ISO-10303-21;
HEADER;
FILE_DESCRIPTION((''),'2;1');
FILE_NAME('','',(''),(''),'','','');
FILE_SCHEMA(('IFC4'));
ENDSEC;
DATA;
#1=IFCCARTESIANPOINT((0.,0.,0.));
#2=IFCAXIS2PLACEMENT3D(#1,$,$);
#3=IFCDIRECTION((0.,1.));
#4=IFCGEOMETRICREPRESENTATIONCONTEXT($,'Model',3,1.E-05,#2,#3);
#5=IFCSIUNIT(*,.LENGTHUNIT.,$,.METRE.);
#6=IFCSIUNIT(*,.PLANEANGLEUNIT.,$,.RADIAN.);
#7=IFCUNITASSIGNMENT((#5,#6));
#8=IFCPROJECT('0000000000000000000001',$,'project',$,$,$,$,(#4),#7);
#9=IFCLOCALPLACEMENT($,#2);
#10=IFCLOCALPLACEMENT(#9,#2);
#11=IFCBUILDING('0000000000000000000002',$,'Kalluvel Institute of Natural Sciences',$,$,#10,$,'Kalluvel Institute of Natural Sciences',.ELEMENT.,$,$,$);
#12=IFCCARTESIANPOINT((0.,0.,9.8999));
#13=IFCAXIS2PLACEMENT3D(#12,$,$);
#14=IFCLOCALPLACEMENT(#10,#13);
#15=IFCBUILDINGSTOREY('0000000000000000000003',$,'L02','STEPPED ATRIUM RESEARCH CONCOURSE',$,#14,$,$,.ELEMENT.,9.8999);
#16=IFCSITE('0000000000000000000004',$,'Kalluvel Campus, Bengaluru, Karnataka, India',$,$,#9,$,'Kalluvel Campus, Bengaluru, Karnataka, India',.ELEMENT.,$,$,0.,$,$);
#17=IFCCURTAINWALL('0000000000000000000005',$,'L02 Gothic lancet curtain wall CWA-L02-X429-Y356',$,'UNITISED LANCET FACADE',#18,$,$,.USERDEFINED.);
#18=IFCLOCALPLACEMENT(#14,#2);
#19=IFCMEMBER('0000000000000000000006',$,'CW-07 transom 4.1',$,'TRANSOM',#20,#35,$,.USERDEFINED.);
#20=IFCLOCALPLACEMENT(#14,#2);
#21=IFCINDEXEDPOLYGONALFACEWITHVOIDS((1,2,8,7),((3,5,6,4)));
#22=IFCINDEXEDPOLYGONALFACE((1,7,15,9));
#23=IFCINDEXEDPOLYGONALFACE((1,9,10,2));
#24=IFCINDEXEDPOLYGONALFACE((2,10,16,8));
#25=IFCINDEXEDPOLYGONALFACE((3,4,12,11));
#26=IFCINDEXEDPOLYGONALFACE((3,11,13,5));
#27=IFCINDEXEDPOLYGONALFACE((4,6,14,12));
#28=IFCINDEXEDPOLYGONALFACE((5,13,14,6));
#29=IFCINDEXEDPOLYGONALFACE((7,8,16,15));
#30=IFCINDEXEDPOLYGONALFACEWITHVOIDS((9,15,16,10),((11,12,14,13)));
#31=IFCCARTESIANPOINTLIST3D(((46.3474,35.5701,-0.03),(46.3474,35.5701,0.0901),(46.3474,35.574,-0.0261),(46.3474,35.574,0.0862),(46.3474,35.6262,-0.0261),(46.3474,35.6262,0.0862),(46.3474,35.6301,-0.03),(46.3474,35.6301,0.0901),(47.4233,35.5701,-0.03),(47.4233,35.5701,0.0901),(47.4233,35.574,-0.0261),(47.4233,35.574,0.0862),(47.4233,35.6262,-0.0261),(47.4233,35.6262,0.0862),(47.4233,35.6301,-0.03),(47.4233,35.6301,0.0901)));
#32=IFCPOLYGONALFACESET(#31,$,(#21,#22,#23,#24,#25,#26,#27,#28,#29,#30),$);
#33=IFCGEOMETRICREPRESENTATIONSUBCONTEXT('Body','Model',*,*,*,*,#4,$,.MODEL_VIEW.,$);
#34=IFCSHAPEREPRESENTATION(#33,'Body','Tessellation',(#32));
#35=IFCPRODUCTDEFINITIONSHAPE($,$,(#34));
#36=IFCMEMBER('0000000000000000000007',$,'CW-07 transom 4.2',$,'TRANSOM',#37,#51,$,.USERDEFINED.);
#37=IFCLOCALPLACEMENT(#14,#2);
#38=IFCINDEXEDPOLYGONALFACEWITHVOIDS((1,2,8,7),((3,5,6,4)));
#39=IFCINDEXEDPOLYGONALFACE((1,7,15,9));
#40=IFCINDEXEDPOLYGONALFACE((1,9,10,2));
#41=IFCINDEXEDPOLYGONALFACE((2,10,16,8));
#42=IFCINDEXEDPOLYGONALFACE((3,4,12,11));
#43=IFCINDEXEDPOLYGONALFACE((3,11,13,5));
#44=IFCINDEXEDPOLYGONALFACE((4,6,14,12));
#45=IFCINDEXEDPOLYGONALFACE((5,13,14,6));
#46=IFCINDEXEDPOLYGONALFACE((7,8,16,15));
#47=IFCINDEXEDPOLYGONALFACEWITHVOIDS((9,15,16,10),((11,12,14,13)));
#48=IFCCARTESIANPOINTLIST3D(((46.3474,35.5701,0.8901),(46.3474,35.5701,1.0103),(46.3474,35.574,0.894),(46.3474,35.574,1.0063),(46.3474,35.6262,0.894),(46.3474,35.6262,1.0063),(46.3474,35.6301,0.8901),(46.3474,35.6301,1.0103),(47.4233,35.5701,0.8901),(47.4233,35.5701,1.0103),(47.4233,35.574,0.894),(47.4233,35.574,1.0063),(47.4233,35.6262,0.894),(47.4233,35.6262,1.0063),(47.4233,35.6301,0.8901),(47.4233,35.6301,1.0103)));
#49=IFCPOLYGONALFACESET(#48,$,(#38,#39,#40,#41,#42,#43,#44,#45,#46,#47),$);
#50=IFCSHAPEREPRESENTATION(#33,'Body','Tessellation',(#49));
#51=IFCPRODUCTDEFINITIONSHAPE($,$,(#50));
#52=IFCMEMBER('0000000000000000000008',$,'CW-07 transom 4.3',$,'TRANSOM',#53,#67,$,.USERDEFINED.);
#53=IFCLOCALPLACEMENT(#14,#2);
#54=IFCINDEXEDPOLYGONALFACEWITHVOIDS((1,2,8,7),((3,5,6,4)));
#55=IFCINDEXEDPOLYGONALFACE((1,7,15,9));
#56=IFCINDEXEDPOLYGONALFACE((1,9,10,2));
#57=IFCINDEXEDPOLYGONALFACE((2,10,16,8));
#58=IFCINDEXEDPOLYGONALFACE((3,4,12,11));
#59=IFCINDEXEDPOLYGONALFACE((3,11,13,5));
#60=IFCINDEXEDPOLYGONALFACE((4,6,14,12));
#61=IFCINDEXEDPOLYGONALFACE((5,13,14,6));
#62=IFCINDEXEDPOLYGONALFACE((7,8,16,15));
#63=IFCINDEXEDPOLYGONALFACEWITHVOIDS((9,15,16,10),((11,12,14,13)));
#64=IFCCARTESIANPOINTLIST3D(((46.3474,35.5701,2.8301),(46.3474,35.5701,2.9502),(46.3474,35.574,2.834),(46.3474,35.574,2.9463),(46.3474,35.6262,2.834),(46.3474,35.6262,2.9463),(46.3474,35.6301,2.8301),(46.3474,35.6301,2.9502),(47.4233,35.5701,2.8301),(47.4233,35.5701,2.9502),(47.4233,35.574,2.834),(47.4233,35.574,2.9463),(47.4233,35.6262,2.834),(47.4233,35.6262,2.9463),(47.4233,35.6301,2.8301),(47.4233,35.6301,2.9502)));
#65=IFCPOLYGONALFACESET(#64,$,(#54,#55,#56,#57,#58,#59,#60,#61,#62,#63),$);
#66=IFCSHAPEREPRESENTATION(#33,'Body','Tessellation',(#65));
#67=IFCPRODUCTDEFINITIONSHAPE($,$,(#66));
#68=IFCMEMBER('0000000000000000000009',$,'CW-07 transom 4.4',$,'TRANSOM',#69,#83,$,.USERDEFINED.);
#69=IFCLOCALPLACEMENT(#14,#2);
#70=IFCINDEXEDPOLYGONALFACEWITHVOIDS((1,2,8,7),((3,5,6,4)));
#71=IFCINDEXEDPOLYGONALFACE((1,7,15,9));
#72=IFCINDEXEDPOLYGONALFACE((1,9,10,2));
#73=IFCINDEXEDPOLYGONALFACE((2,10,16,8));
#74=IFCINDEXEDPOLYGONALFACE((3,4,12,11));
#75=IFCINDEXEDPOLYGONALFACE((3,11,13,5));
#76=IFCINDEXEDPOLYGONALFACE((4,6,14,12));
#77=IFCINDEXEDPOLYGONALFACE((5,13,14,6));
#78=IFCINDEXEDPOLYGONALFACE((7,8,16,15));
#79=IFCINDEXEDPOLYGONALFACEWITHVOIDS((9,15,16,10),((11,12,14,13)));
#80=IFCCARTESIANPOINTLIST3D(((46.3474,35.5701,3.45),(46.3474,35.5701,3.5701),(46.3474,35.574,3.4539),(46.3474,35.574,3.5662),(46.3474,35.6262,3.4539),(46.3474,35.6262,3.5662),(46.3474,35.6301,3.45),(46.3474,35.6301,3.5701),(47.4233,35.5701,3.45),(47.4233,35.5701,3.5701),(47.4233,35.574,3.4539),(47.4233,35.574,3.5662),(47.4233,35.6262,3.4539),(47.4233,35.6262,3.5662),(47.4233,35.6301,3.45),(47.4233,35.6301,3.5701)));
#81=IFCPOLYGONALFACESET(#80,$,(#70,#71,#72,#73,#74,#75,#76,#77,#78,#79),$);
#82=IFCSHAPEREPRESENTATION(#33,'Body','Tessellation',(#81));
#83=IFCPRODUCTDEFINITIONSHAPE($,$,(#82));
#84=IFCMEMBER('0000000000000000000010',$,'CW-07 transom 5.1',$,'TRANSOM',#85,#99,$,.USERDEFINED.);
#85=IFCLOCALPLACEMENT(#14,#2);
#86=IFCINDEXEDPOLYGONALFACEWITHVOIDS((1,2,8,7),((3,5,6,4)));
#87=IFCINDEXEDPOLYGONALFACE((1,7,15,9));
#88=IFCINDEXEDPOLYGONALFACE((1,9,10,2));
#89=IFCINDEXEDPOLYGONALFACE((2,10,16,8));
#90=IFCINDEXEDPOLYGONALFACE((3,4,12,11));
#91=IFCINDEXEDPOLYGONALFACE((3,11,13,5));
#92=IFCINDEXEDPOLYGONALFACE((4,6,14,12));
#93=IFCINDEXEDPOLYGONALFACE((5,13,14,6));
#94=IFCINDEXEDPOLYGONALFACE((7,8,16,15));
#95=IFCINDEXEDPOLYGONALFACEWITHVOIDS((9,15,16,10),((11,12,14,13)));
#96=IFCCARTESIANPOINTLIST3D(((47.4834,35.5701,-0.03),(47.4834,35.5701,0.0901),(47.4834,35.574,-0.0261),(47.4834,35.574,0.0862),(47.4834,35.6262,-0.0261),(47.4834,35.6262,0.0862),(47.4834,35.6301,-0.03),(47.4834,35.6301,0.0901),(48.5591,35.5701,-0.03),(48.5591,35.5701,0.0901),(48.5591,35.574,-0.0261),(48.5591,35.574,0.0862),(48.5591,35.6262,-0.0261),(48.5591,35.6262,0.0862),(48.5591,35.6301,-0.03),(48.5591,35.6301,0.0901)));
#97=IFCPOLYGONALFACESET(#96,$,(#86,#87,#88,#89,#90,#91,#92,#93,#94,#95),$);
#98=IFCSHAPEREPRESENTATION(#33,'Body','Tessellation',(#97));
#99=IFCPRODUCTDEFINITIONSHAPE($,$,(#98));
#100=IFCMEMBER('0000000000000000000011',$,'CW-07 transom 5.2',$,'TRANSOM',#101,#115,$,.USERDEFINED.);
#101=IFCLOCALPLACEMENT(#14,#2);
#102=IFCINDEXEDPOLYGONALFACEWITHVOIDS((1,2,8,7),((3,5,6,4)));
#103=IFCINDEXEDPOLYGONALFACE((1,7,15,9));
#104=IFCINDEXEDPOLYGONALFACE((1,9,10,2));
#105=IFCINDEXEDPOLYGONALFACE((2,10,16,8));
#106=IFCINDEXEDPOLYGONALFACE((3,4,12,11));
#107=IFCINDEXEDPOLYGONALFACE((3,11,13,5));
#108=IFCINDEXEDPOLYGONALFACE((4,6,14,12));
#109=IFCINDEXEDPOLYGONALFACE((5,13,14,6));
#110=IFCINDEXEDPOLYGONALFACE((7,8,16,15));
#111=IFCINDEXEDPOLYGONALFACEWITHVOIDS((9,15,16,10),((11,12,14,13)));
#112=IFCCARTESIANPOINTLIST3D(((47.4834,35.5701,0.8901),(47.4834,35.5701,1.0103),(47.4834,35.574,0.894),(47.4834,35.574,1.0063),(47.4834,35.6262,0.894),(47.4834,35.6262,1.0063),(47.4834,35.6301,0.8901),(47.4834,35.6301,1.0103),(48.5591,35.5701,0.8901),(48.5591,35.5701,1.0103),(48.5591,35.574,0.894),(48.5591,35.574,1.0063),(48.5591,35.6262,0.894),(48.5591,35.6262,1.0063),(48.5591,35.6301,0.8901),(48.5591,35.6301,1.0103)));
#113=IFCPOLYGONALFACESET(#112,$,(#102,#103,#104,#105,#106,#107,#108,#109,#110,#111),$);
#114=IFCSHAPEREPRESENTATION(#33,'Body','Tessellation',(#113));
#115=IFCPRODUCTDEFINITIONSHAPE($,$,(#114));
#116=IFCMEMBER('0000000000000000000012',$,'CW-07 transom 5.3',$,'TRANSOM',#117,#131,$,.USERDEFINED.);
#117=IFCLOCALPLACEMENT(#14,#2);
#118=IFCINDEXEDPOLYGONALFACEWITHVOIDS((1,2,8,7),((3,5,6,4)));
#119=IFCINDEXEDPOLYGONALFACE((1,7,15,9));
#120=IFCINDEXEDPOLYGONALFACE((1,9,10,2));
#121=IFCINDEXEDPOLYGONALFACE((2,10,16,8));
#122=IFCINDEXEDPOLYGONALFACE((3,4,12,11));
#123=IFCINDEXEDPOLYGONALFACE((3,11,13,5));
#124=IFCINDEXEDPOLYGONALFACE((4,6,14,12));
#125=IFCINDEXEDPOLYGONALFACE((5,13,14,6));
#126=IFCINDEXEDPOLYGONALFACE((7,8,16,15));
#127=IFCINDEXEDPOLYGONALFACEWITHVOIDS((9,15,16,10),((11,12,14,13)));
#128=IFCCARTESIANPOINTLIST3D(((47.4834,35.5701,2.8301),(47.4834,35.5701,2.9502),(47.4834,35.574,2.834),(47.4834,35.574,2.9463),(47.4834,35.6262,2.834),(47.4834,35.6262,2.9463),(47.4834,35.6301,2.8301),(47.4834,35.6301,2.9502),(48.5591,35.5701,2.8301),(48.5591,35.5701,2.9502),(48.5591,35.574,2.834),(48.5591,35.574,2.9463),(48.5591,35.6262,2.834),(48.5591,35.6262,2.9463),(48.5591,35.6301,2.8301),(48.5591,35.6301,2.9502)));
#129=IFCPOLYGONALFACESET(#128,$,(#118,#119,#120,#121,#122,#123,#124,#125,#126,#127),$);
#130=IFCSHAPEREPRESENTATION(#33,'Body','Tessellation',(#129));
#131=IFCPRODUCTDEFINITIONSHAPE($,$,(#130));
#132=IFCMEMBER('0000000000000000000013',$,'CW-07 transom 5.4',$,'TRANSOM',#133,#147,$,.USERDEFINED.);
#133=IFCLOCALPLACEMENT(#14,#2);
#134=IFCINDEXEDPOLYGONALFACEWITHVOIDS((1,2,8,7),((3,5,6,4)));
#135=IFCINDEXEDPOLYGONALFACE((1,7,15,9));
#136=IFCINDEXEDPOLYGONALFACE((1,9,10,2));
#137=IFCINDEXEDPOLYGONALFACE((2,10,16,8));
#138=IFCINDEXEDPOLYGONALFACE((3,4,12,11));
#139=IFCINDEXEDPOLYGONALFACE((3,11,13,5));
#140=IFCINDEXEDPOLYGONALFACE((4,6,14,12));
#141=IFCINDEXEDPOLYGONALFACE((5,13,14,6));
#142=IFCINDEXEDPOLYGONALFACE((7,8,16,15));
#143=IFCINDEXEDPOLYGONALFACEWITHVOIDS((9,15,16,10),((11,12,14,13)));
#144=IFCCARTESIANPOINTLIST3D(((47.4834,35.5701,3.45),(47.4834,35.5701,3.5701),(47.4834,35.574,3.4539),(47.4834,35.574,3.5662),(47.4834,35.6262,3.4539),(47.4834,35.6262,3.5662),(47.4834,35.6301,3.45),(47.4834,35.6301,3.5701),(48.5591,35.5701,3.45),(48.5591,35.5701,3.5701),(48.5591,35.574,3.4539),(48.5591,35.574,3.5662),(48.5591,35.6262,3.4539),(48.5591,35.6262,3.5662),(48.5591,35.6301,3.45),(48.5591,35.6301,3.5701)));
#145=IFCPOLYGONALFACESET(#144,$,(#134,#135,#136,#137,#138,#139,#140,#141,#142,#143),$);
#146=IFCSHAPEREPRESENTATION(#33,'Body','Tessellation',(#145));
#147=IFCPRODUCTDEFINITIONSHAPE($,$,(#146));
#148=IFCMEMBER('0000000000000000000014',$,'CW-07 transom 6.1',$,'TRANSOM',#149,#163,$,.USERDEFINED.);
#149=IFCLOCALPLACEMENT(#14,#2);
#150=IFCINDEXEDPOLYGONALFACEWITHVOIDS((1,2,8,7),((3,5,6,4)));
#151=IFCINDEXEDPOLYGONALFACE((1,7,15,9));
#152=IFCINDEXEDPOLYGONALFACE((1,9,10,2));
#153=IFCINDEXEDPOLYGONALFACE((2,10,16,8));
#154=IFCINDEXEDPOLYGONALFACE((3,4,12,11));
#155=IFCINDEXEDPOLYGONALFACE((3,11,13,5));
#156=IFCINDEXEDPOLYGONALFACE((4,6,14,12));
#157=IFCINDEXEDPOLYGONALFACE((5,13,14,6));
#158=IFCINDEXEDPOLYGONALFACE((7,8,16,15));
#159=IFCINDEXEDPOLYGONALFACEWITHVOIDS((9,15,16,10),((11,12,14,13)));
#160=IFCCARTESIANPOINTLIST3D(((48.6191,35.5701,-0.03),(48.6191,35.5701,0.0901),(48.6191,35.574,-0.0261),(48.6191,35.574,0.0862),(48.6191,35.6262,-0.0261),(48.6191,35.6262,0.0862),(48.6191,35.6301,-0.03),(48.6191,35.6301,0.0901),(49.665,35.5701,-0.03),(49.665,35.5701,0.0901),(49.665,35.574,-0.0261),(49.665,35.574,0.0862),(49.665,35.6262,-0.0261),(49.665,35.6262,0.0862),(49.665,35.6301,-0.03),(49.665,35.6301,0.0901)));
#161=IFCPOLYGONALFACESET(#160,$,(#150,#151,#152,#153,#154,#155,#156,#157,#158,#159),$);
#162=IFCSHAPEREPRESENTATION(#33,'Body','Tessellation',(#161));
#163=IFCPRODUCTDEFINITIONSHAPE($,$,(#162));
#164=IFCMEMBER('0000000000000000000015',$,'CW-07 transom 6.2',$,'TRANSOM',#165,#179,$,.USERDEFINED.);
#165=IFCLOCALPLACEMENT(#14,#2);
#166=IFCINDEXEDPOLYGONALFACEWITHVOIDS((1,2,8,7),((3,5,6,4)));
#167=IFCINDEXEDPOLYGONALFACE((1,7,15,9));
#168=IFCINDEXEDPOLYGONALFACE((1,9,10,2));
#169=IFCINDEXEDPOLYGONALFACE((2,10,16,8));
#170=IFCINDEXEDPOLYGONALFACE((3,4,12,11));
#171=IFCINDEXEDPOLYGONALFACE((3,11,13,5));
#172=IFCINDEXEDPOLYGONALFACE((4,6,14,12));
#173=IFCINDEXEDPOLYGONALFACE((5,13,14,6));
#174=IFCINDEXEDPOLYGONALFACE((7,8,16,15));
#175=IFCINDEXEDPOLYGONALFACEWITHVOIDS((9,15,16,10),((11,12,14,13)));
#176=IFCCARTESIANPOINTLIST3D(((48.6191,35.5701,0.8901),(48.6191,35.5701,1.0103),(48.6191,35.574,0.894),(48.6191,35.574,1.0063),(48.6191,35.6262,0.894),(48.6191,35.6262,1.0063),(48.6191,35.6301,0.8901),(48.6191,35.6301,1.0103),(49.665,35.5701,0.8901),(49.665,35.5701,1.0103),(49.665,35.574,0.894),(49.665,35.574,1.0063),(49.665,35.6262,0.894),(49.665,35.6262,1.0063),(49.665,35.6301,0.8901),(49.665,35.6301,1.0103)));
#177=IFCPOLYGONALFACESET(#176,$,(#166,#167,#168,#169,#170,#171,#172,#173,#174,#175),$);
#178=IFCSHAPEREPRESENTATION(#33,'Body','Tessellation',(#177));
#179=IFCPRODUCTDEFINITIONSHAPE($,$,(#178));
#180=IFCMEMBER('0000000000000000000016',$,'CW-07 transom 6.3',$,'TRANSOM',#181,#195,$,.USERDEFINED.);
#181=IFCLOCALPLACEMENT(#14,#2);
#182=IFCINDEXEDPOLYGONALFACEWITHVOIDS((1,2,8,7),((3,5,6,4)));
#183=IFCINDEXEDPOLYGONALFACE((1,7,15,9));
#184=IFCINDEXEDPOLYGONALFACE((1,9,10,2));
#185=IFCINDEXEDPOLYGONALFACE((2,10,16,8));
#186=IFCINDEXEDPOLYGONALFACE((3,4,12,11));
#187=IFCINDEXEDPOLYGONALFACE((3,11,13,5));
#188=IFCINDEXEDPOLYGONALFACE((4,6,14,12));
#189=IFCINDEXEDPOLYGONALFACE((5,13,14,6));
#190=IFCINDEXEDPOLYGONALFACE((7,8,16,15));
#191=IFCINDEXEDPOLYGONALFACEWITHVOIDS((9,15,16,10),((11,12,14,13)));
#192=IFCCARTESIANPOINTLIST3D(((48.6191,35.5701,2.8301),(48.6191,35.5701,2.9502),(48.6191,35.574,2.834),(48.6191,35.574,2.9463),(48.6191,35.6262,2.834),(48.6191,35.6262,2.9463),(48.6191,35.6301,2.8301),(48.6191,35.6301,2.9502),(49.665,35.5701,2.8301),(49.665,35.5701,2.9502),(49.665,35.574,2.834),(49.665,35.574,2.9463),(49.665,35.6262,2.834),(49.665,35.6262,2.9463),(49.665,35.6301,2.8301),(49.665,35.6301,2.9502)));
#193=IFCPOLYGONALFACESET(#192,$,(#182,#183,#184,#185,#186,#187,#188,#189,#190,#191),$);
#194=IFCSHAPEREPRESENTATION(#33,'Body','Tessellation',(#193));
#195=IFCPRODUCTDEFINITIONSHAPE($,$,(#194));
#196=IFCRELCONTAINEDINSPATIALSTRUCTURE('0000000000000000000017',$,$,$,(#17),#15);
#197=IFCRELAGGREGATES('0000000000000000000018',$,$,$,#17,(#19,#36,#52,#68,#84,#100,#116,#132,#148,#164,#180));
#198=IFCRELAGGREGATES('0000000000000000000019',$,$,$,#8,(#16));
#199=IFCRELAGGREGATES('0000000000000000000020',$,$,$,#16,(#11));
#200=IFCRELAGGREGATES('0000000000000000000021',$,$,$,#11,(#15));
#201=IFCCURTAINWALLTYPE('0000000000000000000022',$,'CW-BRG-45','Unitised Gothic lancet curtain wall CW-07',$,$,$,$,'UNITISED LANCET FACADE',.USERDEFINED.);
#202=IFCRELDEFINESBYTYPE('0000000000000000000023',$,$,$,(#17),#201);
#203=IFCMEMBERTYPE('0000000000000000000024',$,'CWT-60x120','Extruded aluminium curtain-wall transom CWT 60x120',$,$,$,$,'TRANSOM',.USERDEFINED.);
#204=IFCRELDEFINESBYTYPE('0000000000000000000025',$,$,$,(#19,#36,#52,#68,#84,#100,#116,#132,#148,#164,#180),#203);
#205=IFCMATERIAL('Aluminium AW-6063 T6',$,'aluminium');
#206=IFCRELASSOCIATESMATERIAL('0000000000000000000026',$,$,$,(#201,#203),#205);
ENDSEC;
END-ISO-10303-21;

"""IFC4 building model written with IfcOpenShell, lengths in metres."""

from ifc_helpers import new_model, si_unit, direction, frame, origin, origin_2d, place, context, subcontext, project, spatial, hollow_rectangle, extrude, material, material_profile, profile_set, type_object, element, aggregate, save


model = new_model("IFC4")

# Units and contexts
model_context = context("Model", 3, precision=1e-05, world=origin(), true_north=direction((0.0, 1.0)))
body_context = subcontext(model_context, "Body", "Model", "MODEL_VIEW")
ifc_project = project(units=[si_unit("LENGTHUNIT", "METRE"), si_unit("PLANEANGLEUNIT", "RADIAN")], contexts=[model_context])

# Site, building, storey
site_placement = place(None, origin())
site = spatial("IfcSite", under=ifc_project, at=site_placement, Name="Kalluvel Campus, Bengaluru, Karnataka, India", LongName="Kalluvel Campus, Bengaluru, Karnataka, India", CompositionType="ELEMENT", RefElevation=0.0)
building_placement = place(site_placement, origin())
building = spatial("IfcBuilding", under=site, at=building_placement, Name="Kalluvel Institute of Natural Sciences", LongName="Kalluvel Institute of Natural Sciences", CompositionType="ELEMENT")
storey_placement = place(building_placement, frame((0.0, 0.0, 9.8999)))
storey = spatial("IfcBuildingStorey", under=building, at=storey_placement, Name="L02", Description="STEPPED ATRIUM RESEARCH CONCOURSE", CompositionType="ELEMENT", Elevation=9.8999)

# Curtain wall
ifc_material_1 = material(Name="Aluminium AW-6063 T6", Category="aluminium")
curtain_wall_type = type_object("IfcCurtainWallType", Name="CW-BRG-45", Description="Unitised Gothic lancet curtain wall CW-07", ElementType="UNITISED LANCET FACADE", PredefinedType="USERDEFINED", material=ifc_material_1)
curtain_wall_1_placement = place(storey_placement, origin())
curtain_wall_1 = element("IfcCurtainWall", 1, at=curtain_wall_1_placement, inside=storey, type_object=curtain_wall_type, Name="L02 Gothic lancet curtain wall CWA-L02-X429-Y356", ObjectType="UNITISED LANCET FACADE", PredefinedType="USERDEFINED")

# Members
ifc_material_profile_1 = material_profile(ifc_material_1, hollow_rectangle(XDim=0.0601, YDim=0.1201, WallThickness=0.0039, at=origin_2d()), Name="CWT 60x120")
ifc_profile_set_1 = profile_set([ifc_material_profile_1], Name="Aluminium AW-6063 T6")
member_type_1 = type_object("IfcMemberType", Name="CWT-60x120", Description="Extruded aluminium curtain-wall transom CWT 60x120", ElementType="TRANSOM", PredefinedType="USERDEFINED", material=ifc_profile_set_1)
member_1_placement = place(storey_placement, frame((46.3474, 35.6001, 0.03), z_axis=(1.0, 0.0, 0.0), x_axis=(0.0, 1.0, 0.0)))
member_1 = element("IfcMember", 2, at=member_1_placement, type_object=member_type_1, Name="CW-07 transom 4.1", ObjectType="TRANSOM", PredefinedType="USERDEFINED", context=body_context, shape_type="SweptSolid", body=[
    extrude(hollow_rectangle(XDim=0.0601, YDim=0.1201, WallThickness=0.0039, at=origin_2d()), origin(), (0.0, 0.0, 1.0), 1.0759),
])
member_2_placement = place(storey_placement, frame((46.3474, 35.6001, 0.9502), z_axis=(1.0, 0.0, 0.0), x_axis=(0.0, 1.0, 0.0)))
member_2 = element("IfcMember", 3, at=member_2_placement, type_object=member_type_1, Name="CW-07 transom 4.2", ObjectType="TRANSOM", PredefinedType="USERDEFINED", context=body_context, shape_type="SweptSolid", body=[
    extrude(hollow_rectangle(XDim=0.0601, YDim=0.1201, WallThickness=0.0039, at=origin_2d()), origin(), (0.0, 0.0, 1.0), 1.0759),
])
member_3_placement = place(storey_placement, frame((46.3474, 35.6001, 2.8901), z_axis=(1.0, 0.0, 0.0), x_axis=(0.0, 1.0, 0.0)))
member_3 = element("IfcMember", 4, at=member_3_placement, type_object=member_type_1, Name="CW-07 transom 4.3", ObjectType="TRANSOM", PredefinedType="USERDEFINED", context=body_context, shape_type="SweptSolid", body=[
    extrude(hollow_rectangle(XDim=0.0601, YDim=0.1201, WallThickness=0.0039, at=origin_2d()), origin(), (0.0, 0.0, 1.0), 1.0759),
])
member_4_placement = place(storey_placement, frame((46.3474, 35.6001, 3.51), z_axis=(1.0, 0.0, 0.0), x_axis=(0.0, 1.0, 0.0)))
member_4 = element("IfcMember", 5, at=member_4_placement, type_object=member_type_1, Name="CW-07 transom 4.4", ObjectType="TRANSOM", PredefinedType="USERDEFINED", context=body_context, shape_type="SweptSolid", body=[
    extrude(hollow_rectangle(XDim=0.0601, YDim=0.1201, WallThickness=0.0039, at=origin_2d()), origin(), (0.0, 0.0, 1.0), 1.0759),
])
member_5_placement = place(storey_placement, frame((47.4834, 35.6001, 0.03), z_axis=(1.0, 0.0, 0.0), x_axis=(0.0, 1.0, 0.0)))
member_5 = element("IfcMember", 6, at=member_5_placement, type_object=member_type_1, Name="CW-07 transom 5.1", ObjectType="TRANSOM", PredefinedType="USERDEFINED", context=body_context, shape_type="SweptSolid", body=[
    extrude(hollow_rectangle(XDim=0.0601, YDim=0.1201, WallThickness=0.0039, at=origin_2d()), origin(), (0.0, 0.0, 1.0), 1.0757),
])
member_6_placement = place(storey_placement, frame((47.4834, 35.6001, 0.9502), z_axis=(1.0, 0.0, 0.0), x_axis=(0.0, 1.0, 0.0)))
member_6 = element("IfcMember", 7, at=member_6_placement, type_object=member_type_1, Name="CW-07 transom 5.2", ObjectType="TRANSOM", PredefinedType="USERDEFINED", context=body_context, shape_type="SweptSolid", body=[
    extrude(hollow_rectangle(XDim=0.0601, YDim=0.1201, WallThickness=0.0039, at=origin_2d()), origin(), (0.0, 0.0, 1.0), 1.0757),
])
member_7_placement = place(storey_placement, frame((47.4834, 35.6001, 2.8901), z_axis=(1.0, 0.0, 0.0), x_axis=(0.0, 1.0, 0.0)))
member_7 = element("IfcMember", 8, at=member_7_placement, type_object=member_type_1, Name="CW-07 transom 5.3", ObjectType="TRANSOM", PredefinedType="USERDEFINED", context=body_context, shape_type="SweptSolid", body=[
    extrude(hollow_rectangle(XDim=0.0601, YDim=0.1201, WallThickness=0.0039, at=origin_2d()), origin(), (0.0, 0.0, 1.0), 1.0757),
])
member_8_placement = place(storey_placement, frame((47.4834, 35.6001, 3.51), z_axis=(1.0, 0.0, 0.0), x_axis=(0.0, 1.0, 0.0)))
member_8 = element("IfcMember", 9, at=member_8_placement, type_object=member_type_1, Name="CW-07 transom 5.4", ObjectType="TRANSOM", PredefinedType="USERDEFINED", context=body_context, shape_type="SweptSolid", body=[
    extrude(hollow_rectangle(XDim=0.0601, YDim=0.1201, WallThickness=0.0039, at=origin_2d()), origin(), (0.0, 0.0, 1.0), 1.0757),
])
member_9_placement = place(storey_placement, frame((48.6191, 35.6001, 0.03), z_axis=(1.0, 0.0, 0.0), x_axis=(0.0, 1.0, 0.0)))
member_9 = element("IfcMember", 10, at=member_9_placement, type_object=member_type_1, Name="CW-07 transom 6.1", ObjectType="TRANSOM", PredefinedType="USERDEFINED", context=body_context, shape_type="SweptSolid", body=[
    extrude(hollow_rectangle(XDim=0.0601, YDim=0.1201, WallThickness=0.0039, at=origin_2d()), origin(), (0.0, 0.0, 1.0), 1.0459),
])
member_10_placement = place(storey_placement, frame((48.6191, 35.6001, 0.9502), z_axis=(1.0, 0.0, 0.0), x_axis=(0.0, 1.0, 0.0)))
member_10 = element("IfcMember", 11, at=member_10_placement, type_object=member_type_1, Name="CW-07 transom 6.2", ObjectType="TRANSOM", PredefinedType="USERDEFINED", context=body_context, shape_type="SweptSolid", body=[
    extrude(hollow_rectangle(XDim=0.0601, YDim=0.1201, WallThickness=0.0039, at=origin_2d()), origin(), (0.0, 0.0, 1.0), 1.0459),
])
member_11_placement = place(storey_placement, frame((48.6191, 35.6001, 2.8901), z_axis=(1.0, 0.0, 0.0), x_axis=(0.0, 1.0, 0.0)))
member_11 = element("IfcMember", 12, at=member_11_placement, type_object=member_type_1, Name="CW-07 transom 6.3", ObjectType="TRANSOM", PredefinedType="USERDEFINED", context=body_context, shape_type="SweptSolid", body=[
    extrude(hollow_rectangle(XDim=0.0601, YDim=0.1201, WallThickness=0.0039, at=origin_2d()), origin(), (0.0, 0.0, 1.0), 1.0459),
])

aggregate(curtain_wall_1, [member_1, member_2, member_3, member_4, member_5, member_6, member_7, member_8, member_9, member_10, member_11])

save(model, "model.ifc")
